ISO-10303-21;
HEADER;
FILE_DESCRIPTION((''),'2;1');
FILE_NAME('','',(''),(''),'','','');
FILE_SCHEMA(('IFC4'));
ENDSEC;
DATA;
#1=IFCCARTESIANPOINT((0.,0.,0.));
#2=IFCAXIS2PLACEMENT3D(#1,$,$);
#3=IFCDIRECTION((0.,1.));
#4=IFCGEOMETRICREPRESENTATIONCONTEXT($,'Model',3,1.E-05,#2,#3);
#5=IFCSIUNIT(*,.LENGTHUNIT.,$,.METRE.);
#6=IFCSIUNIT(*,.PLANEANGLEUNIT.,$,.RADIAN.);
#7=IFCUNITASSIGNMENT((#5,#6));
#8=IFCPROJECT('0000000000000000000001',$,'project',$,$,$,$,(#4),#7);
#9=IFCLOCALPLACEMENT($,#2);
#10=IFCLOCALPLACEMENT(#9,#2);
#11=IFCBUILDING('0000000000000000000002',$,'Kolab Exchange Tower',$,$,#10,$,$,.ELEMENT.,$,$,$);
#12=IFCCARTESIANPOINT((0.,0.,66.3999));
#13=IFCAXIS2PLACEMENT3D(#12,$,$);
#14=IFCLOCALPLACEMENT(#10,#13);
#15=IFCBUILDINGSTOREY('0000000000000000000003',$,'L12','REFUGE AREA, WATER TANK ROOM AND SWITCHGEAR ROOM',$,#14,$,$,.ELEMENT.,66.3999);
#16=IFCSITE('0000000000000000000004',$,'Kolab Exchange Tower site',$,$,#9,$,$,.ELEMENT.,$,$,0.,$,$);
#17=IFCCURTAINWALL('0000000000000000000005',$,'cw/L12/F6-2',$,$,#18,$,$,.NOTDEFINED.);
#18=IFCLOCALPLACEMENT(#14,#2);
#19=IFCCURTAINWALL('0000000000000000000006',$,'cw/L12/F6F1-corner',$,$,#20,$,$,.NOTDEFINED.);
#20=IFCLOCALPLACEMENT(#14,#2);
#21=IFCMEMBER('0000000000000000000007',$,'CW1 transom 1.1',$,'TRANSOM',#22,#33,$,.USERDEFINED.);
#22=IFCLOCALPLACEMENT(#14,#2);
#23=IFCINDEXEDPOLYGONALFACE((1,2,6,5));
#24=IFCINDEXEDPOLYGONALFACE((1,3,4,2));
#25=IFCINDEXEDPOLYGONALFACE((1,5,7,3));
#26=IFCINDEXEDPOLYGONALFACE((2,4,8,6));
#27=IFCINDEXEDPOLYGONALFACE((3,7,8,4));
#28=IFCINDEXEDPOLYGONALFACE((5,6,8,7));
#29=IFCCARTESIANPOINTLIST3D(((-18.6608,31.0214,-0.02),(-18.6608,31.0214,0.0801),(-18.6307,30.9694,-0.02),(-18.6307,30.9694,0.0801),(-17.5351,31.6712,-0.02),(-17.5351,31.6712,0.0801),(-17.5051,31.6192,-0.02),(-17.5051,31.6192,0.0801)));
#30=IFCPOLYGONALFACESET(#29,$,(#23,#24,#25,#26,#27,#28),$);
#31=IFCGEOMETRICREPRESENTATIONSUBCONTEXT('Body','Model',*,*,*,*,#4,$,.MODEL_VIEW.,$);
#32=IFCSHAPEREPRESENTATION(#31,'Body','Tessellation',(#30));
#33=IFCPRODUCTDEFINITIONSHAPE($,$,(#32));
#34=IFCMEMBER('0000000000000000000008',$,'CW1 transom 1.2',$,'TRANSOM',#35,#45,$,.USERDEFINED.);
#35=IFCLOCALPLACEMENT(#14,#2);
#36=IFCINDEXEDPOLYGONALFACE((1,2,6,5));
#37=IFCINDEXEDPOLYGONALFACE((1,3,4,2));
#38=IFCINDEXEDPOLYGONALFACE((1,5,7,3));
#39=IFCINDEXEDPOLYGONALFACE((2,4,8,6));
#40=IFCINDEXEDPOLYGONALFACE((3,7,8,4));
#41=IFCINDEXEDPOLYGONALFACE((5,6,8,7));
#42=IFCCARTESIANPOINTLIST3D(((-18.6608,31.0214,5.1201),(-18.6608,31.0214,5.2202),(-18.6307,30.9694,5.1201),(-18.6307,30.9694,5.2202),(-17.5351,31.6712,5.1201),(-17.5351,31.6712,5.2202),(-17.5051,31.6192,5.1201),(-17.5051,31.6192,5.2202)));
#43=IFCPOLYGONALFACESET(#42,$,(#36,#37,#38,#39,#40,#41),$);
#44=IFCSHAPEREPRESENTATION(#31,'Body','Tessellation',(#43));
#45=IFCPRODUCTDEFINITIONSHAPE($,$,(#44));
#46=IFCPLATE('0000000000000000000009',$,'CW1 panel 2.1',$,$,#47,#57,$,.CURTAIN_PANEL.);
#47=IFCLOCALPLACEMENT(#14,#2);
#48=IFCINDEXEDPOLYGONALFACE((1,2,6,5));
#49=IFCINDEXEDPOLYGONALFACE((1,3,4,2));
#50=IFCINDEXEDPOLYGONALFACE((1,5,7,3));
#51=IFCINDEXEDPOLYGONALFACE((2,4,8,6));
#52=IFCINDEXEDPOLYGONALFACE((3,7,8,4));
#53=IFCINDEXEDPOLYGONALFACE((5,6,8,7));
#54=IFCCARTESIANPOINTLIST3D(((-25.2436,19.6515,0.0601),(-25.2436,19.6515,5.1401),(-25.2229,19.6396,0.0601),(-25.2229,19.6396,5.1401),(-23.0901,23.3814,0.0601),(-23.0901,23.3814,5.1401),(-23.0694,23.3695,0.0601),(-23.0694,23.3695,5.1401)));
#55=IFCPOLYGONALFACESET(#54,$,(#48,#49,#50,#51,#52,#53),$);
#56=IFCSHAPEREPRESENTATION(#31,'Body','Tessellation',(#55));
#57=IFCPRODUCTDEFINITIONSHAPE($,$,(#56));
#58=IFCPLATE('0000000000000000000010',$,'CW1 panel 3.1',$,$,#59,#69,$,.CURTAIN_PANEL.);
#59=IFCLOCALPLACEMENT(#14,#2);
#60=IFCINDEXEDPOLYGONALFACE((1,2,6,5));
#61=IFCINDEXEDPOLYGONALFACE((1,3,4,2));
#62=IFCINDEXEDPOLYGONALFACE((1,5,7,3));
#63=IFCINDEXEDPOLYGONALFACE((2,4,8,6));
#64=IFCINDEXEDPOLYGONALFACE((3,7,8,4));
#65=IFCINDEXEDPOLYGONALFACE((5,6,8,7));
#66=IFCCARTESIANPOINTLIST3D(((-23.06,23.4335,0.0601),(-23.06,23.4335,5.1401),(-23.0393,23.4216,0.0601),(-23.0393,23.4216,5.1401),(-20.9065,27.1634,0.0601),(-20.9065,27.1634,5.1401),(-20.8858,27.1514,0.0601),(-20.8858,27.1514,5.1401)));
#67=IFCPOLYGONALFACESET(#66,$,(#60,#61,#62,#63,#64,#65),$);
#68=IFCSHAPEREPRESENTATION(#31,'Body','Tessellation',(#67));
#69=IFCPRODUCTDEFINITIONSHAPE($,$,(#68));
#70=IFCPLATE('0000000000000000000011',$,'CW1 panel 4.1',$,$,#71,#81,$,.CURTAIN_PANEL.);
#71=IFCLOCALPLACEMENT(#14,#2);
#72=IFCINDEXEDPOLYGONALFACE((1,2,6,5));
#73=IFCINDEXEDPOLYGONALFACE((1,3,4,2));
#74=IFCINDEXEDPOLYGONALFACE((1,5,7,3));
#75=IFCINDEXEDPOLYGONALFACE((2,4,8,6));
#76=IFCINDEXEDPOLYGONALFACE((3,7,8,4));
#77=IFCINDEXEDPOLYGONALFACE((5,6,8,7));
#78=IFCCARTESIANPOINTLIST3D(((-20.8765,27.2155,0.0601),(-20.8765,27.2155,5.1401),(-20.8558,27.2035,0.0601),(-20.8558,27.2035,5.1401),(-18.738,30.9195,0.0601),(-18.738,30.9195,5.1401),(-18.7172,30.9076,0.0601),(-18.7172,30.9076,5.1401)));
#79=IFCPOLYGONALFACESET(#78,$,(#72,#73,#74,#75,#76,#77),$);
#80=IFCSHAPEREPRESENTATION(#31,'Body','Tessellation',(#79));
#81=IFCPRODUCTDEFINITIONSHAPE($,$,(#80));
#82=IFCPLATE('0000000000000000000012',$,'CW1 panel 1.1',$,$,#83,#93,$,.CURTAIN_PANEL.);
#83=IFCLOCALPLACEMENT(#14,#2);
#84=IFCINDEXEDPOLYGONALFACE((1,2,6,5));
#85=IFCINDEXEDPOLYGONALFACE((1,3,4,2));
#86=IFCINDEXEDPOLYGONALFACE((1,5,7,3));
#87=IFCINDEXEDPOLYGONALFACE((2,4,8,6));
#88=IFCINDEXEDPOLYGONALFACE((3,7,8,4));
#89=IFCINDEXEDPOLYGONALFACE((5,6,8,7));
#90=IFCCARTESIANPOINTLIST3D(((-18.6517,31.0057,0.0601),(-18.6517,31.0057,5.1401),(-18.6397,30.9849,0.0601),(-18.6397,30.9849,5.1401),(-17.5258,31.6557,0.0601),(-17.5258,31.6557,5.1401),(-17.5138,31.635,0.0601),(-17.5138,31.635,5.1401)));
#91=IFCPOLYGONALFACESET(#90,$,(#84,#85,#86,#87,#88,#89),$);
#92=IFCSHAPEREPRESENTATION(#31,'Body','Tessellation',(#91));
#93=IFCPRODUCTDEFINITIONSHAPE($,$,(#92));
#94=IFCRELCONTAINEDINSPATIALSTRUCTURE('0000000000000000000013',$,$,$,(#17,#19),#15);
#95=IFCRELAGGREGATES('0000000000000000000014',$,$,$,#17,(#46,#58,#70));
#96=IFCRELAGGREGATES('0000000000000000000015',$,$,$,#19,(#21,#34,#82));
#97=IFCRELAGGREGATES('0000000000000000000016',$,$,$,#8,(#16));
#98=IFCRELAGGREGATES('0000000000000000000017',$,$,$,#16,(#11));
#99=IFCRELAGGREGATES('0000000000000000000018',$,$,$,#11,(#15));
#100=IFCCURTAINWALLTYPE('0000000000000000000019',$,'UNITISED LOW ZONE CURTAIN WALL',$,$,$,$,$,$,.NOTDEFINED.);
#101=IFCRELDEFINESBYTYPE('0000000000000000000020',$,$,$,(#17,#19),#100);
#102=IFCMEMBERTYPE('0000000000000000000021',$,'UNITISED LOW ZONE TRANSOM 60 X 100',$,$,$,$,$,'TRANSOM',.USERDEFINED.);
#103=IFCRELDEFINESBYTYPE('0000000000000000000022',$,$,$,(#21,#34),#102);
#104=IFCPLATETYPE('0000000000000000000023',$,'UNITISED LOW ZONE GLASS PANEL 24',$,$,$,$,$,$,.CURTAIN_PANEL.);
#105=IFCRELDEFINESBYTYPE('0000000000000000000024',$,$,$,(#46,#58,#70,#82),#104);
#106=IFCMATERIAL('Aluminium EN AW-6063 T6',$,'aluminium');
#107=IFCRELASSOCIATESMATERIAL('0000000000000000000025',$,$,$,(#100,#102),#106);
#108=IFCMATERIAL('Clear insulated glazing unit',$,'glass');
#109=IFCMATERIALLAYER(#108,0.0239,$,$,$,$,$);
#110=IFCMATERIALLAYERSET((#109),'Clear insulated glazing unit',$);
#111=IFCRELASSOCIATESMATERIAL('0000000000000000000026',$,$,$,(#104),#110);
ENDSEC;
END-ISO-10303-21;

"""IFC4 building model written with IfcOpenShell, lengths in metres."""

from ifc_helpers import new_model, si_unit, direction, frame, origin, origin_2d, place, context, subcontext, project, spatial, rectangle, extrude, material, layer, layer_set, material_profile, profile_set, type_object, element, aggregate, save


model = new_model("IFC4")

# Units and contexts
model_context = context("Model", 3, precision=1e-05, world=origin(), true_north=direction((0.0, 1.0)))
body_context = subcontext(model_context, "Body", "Model", "MODEL_VIEW")
ifc_project = project(units=[si_unit("LENGTHUNIT", "METRE"), si_unit("PLANEANGLEUNIT", "RADIAN")], contexts=[model_context])

# Site, building, storey
site_placement = place(None, origin())
site = spatial("IfcSite", under=ifc_project, at=site_placement, Name="Kolab Exchange Tower site", CompositionType="ELEMENT", RefElevation=0.0)
building_placement = place(site_placement, origin())
building = spatial("IfcBuilding", under=site, at=building_placement, Name="Kolab Exchange Tower", CompositionType="ELEMENT")
storey_placement = place(building_placement, frame((0.0, 0.0, 66.3999)))
storey = spatial("IfcBuildingStorey", under=building, at=storey_placement, Name="L12", Description="REFUGE AREA, WATER TANK ROOM AND SWITCHGEAR ROOM", CompositionType="ELEMENT", Elevation=66.3999)

# Curtain wall
ifc_material_1 = material(Name="Aluminium EN AW-6063 T6", Category="aluminium")
curtain_wall_type = type_object("IfcCurtainWallType", Name="UNITISED LOW ZONE CURTAIN WALL", PredefinedType="NOTDEFINED", material=ifc_material_1)
curtain_wall_1_placement = place(storey_placement, origin())
curtain_wall_1 = element("IfcCurtainWall", 1, at=curtain_wall_1_placement, inside=storey, type_object=curtain_wall_type, Name="cw/L12/F6-2", PredefinedType="NOTDEFINED")

# Curtain wall
curtain_wall_2_placement = place(storey_placement, origin())
curtain_wall_2 = element("IfcCurtainWall", 2, at=curtain_wall_2_placement, inside=storey, type_object=curtain_wall_type, Name="cw/L12/F6F1-corner", PredefinedType="NOTDEFINED")

# Members
ifc_material_profile_1 = material_profile(ifc_material_1, rectangle(XDim=0.0601, YDim=0.1001, at=origin_2d()), Name="RECT 60X100")
ifc_profile_set_1 = profile_set([ifc_material_profile_1], Name="Aluminium EN AW-6063 T6")
member_type_1 = type_object("IfcMemberType", Name="UNITISED LOW ZONE TRANSOM 60 X 100", ElementType="TRANSOM", PredefinedType="USERDEFINED", material=ifc_profile_set_1)
member_1_placement = place(storey_placement, frame((-18.6458, 30.9954, 0.03), z_axis=(0.866039, 0.499977, 0.0), x_axis=(-0.499977, 0.866039, 0.0)))
member_1 = element("IfcMember", 3, at=member_1_placement, type_object=member_type_1, Name="CW1 transom 1.1", ObjectType="TRANSOM", PredefinedType="USERDEFINED", context=body_context, shape_type="SweptSolid", body=[
    extrude(rectangle(XDim=0.0601, YDim=0.1001, at=origin_2d()), origin(), (0.0, 0.0, 1.0), 1.2998),
])
member_2_placement = place(storey_placement, frame((-18.6458, 30.9954, 5.1702), z_axis=(0.866039, 0.499977, 0.0), x_axis=(-0.499977, 0.866039, 0.0)))
member_2 = element("IfcMember", 4, at=member_2_placement, type_object=member_type_1, Name="CW1 transom 1.2", ObjectType="TRANSOM", PredefinedType="USERDEFINED", context=body_context, shape_type="SweptSolid", body=[
    extrude(rectangle(XDim=0.0601, YDim=0.1001, at=origin_2d()), origin(), (0.0, 0.0, 1.0), 1.2998),
])

# Plates
ifc_material_2 = material(Name="Clear insulated glazing unit", Category="glass")
ifc_layer = layer(ifc_material_2, 0.0239)
ifc_layer_set = layer_set([ifc_layer], Name="Clear insulated glazing unit")
plate_type = type_object("IfcPlateType", Name="UNITISED LOW ZONE GLASS PANEL 24", PredefinedType="CURTAIN_PANEL", material=ifc_layer_set)
plate_1_placement = place(storey_placement, frame((-24.1565, 21.5105, 0.0601), z_axis=(0.0, 0.0, 1.0), x_axis=(0.5, 0.866025, 0.0)))
plate_1 = element("IfcPlate", 5, at=plate_1_placement, type_object=plate_type, Name="CW1 panel 2.1", PredefinedType="CURTAIN_PANEL", context=body_context, shape_type="SweptSolid", body=[
    extrude(rectangle(XDim=4.3069, YDim=0.0239, at=origin_2d()), origin(), (0.0, 0.0, 1.0), 5.0801),
])
plate_2_placement = place(storey_placement, frame((-21.9729, 25.2925, 0.0601), z_axis=(0.0, 0.0, 1.0), x_axis=(0.5, 0.866025, 0.0)))
plate_2 = element("IfcPlate", 6, at=plate_2_placement, type_object=plate_type, Name="CW1 panel 3.1", PredefinedType="CURTAIN_PANEL", context=body_context, shape_type="SweptSolid", body=[
    extrude(rectangle(XDim=4.3069, YDim=0.0239, at=origin_2d()), origin(), (0.0, 0.0, 1.0), 5.0801),
])
plate_3_placement = place(storey_placement, frame((-19.7969, 29.0615, 0.0601), z_axis=(0.0, 0.0, 1.0), x_axis=(0.5, 0.866025, 0.0)))
plate_3 = element("IfcPlate", 7, at=plate_3_placement, type_object=plate_type, Name="CW1 panel 4.1", PredefinedType="CURTAIN_PANEL", context=body_context, shape_type="SweptSolid", body=[
    extrude(rectangle(XDim=4.2771, YDim=0.0239, at=origin_2d()), origin(), (0.0, 0.0, 1.0), 5.0801),
])
aggregate(curtain_wall_1, [plate_1, plate_2, plate_3])
plate_4_placement = place(storey_placement, frame((-18.0828, 31.3203, 0.0601), z_axis=(0.0, 0.0, 1.0), x_axis=(0.866025, 0.5, 0.0)))
plate_4 = element("IfcPlate", 8, at=plate_4_placement, type_object=plate_type, Name="CW1 panel 1.1", PredefinedType="CURTAIN_PANEL", context=body_context, shape_type="SweptSolid", body=[
    extrude(rectangle(XDim=1.3, YDim=0.0239, at=origin_2d()), origin(), (0.0, 0.0, 1.0), 5.0801),
])
aggregate(curtain_wall_2, [member_1, member_2, plate_4])

save(model, "model.ifc")
